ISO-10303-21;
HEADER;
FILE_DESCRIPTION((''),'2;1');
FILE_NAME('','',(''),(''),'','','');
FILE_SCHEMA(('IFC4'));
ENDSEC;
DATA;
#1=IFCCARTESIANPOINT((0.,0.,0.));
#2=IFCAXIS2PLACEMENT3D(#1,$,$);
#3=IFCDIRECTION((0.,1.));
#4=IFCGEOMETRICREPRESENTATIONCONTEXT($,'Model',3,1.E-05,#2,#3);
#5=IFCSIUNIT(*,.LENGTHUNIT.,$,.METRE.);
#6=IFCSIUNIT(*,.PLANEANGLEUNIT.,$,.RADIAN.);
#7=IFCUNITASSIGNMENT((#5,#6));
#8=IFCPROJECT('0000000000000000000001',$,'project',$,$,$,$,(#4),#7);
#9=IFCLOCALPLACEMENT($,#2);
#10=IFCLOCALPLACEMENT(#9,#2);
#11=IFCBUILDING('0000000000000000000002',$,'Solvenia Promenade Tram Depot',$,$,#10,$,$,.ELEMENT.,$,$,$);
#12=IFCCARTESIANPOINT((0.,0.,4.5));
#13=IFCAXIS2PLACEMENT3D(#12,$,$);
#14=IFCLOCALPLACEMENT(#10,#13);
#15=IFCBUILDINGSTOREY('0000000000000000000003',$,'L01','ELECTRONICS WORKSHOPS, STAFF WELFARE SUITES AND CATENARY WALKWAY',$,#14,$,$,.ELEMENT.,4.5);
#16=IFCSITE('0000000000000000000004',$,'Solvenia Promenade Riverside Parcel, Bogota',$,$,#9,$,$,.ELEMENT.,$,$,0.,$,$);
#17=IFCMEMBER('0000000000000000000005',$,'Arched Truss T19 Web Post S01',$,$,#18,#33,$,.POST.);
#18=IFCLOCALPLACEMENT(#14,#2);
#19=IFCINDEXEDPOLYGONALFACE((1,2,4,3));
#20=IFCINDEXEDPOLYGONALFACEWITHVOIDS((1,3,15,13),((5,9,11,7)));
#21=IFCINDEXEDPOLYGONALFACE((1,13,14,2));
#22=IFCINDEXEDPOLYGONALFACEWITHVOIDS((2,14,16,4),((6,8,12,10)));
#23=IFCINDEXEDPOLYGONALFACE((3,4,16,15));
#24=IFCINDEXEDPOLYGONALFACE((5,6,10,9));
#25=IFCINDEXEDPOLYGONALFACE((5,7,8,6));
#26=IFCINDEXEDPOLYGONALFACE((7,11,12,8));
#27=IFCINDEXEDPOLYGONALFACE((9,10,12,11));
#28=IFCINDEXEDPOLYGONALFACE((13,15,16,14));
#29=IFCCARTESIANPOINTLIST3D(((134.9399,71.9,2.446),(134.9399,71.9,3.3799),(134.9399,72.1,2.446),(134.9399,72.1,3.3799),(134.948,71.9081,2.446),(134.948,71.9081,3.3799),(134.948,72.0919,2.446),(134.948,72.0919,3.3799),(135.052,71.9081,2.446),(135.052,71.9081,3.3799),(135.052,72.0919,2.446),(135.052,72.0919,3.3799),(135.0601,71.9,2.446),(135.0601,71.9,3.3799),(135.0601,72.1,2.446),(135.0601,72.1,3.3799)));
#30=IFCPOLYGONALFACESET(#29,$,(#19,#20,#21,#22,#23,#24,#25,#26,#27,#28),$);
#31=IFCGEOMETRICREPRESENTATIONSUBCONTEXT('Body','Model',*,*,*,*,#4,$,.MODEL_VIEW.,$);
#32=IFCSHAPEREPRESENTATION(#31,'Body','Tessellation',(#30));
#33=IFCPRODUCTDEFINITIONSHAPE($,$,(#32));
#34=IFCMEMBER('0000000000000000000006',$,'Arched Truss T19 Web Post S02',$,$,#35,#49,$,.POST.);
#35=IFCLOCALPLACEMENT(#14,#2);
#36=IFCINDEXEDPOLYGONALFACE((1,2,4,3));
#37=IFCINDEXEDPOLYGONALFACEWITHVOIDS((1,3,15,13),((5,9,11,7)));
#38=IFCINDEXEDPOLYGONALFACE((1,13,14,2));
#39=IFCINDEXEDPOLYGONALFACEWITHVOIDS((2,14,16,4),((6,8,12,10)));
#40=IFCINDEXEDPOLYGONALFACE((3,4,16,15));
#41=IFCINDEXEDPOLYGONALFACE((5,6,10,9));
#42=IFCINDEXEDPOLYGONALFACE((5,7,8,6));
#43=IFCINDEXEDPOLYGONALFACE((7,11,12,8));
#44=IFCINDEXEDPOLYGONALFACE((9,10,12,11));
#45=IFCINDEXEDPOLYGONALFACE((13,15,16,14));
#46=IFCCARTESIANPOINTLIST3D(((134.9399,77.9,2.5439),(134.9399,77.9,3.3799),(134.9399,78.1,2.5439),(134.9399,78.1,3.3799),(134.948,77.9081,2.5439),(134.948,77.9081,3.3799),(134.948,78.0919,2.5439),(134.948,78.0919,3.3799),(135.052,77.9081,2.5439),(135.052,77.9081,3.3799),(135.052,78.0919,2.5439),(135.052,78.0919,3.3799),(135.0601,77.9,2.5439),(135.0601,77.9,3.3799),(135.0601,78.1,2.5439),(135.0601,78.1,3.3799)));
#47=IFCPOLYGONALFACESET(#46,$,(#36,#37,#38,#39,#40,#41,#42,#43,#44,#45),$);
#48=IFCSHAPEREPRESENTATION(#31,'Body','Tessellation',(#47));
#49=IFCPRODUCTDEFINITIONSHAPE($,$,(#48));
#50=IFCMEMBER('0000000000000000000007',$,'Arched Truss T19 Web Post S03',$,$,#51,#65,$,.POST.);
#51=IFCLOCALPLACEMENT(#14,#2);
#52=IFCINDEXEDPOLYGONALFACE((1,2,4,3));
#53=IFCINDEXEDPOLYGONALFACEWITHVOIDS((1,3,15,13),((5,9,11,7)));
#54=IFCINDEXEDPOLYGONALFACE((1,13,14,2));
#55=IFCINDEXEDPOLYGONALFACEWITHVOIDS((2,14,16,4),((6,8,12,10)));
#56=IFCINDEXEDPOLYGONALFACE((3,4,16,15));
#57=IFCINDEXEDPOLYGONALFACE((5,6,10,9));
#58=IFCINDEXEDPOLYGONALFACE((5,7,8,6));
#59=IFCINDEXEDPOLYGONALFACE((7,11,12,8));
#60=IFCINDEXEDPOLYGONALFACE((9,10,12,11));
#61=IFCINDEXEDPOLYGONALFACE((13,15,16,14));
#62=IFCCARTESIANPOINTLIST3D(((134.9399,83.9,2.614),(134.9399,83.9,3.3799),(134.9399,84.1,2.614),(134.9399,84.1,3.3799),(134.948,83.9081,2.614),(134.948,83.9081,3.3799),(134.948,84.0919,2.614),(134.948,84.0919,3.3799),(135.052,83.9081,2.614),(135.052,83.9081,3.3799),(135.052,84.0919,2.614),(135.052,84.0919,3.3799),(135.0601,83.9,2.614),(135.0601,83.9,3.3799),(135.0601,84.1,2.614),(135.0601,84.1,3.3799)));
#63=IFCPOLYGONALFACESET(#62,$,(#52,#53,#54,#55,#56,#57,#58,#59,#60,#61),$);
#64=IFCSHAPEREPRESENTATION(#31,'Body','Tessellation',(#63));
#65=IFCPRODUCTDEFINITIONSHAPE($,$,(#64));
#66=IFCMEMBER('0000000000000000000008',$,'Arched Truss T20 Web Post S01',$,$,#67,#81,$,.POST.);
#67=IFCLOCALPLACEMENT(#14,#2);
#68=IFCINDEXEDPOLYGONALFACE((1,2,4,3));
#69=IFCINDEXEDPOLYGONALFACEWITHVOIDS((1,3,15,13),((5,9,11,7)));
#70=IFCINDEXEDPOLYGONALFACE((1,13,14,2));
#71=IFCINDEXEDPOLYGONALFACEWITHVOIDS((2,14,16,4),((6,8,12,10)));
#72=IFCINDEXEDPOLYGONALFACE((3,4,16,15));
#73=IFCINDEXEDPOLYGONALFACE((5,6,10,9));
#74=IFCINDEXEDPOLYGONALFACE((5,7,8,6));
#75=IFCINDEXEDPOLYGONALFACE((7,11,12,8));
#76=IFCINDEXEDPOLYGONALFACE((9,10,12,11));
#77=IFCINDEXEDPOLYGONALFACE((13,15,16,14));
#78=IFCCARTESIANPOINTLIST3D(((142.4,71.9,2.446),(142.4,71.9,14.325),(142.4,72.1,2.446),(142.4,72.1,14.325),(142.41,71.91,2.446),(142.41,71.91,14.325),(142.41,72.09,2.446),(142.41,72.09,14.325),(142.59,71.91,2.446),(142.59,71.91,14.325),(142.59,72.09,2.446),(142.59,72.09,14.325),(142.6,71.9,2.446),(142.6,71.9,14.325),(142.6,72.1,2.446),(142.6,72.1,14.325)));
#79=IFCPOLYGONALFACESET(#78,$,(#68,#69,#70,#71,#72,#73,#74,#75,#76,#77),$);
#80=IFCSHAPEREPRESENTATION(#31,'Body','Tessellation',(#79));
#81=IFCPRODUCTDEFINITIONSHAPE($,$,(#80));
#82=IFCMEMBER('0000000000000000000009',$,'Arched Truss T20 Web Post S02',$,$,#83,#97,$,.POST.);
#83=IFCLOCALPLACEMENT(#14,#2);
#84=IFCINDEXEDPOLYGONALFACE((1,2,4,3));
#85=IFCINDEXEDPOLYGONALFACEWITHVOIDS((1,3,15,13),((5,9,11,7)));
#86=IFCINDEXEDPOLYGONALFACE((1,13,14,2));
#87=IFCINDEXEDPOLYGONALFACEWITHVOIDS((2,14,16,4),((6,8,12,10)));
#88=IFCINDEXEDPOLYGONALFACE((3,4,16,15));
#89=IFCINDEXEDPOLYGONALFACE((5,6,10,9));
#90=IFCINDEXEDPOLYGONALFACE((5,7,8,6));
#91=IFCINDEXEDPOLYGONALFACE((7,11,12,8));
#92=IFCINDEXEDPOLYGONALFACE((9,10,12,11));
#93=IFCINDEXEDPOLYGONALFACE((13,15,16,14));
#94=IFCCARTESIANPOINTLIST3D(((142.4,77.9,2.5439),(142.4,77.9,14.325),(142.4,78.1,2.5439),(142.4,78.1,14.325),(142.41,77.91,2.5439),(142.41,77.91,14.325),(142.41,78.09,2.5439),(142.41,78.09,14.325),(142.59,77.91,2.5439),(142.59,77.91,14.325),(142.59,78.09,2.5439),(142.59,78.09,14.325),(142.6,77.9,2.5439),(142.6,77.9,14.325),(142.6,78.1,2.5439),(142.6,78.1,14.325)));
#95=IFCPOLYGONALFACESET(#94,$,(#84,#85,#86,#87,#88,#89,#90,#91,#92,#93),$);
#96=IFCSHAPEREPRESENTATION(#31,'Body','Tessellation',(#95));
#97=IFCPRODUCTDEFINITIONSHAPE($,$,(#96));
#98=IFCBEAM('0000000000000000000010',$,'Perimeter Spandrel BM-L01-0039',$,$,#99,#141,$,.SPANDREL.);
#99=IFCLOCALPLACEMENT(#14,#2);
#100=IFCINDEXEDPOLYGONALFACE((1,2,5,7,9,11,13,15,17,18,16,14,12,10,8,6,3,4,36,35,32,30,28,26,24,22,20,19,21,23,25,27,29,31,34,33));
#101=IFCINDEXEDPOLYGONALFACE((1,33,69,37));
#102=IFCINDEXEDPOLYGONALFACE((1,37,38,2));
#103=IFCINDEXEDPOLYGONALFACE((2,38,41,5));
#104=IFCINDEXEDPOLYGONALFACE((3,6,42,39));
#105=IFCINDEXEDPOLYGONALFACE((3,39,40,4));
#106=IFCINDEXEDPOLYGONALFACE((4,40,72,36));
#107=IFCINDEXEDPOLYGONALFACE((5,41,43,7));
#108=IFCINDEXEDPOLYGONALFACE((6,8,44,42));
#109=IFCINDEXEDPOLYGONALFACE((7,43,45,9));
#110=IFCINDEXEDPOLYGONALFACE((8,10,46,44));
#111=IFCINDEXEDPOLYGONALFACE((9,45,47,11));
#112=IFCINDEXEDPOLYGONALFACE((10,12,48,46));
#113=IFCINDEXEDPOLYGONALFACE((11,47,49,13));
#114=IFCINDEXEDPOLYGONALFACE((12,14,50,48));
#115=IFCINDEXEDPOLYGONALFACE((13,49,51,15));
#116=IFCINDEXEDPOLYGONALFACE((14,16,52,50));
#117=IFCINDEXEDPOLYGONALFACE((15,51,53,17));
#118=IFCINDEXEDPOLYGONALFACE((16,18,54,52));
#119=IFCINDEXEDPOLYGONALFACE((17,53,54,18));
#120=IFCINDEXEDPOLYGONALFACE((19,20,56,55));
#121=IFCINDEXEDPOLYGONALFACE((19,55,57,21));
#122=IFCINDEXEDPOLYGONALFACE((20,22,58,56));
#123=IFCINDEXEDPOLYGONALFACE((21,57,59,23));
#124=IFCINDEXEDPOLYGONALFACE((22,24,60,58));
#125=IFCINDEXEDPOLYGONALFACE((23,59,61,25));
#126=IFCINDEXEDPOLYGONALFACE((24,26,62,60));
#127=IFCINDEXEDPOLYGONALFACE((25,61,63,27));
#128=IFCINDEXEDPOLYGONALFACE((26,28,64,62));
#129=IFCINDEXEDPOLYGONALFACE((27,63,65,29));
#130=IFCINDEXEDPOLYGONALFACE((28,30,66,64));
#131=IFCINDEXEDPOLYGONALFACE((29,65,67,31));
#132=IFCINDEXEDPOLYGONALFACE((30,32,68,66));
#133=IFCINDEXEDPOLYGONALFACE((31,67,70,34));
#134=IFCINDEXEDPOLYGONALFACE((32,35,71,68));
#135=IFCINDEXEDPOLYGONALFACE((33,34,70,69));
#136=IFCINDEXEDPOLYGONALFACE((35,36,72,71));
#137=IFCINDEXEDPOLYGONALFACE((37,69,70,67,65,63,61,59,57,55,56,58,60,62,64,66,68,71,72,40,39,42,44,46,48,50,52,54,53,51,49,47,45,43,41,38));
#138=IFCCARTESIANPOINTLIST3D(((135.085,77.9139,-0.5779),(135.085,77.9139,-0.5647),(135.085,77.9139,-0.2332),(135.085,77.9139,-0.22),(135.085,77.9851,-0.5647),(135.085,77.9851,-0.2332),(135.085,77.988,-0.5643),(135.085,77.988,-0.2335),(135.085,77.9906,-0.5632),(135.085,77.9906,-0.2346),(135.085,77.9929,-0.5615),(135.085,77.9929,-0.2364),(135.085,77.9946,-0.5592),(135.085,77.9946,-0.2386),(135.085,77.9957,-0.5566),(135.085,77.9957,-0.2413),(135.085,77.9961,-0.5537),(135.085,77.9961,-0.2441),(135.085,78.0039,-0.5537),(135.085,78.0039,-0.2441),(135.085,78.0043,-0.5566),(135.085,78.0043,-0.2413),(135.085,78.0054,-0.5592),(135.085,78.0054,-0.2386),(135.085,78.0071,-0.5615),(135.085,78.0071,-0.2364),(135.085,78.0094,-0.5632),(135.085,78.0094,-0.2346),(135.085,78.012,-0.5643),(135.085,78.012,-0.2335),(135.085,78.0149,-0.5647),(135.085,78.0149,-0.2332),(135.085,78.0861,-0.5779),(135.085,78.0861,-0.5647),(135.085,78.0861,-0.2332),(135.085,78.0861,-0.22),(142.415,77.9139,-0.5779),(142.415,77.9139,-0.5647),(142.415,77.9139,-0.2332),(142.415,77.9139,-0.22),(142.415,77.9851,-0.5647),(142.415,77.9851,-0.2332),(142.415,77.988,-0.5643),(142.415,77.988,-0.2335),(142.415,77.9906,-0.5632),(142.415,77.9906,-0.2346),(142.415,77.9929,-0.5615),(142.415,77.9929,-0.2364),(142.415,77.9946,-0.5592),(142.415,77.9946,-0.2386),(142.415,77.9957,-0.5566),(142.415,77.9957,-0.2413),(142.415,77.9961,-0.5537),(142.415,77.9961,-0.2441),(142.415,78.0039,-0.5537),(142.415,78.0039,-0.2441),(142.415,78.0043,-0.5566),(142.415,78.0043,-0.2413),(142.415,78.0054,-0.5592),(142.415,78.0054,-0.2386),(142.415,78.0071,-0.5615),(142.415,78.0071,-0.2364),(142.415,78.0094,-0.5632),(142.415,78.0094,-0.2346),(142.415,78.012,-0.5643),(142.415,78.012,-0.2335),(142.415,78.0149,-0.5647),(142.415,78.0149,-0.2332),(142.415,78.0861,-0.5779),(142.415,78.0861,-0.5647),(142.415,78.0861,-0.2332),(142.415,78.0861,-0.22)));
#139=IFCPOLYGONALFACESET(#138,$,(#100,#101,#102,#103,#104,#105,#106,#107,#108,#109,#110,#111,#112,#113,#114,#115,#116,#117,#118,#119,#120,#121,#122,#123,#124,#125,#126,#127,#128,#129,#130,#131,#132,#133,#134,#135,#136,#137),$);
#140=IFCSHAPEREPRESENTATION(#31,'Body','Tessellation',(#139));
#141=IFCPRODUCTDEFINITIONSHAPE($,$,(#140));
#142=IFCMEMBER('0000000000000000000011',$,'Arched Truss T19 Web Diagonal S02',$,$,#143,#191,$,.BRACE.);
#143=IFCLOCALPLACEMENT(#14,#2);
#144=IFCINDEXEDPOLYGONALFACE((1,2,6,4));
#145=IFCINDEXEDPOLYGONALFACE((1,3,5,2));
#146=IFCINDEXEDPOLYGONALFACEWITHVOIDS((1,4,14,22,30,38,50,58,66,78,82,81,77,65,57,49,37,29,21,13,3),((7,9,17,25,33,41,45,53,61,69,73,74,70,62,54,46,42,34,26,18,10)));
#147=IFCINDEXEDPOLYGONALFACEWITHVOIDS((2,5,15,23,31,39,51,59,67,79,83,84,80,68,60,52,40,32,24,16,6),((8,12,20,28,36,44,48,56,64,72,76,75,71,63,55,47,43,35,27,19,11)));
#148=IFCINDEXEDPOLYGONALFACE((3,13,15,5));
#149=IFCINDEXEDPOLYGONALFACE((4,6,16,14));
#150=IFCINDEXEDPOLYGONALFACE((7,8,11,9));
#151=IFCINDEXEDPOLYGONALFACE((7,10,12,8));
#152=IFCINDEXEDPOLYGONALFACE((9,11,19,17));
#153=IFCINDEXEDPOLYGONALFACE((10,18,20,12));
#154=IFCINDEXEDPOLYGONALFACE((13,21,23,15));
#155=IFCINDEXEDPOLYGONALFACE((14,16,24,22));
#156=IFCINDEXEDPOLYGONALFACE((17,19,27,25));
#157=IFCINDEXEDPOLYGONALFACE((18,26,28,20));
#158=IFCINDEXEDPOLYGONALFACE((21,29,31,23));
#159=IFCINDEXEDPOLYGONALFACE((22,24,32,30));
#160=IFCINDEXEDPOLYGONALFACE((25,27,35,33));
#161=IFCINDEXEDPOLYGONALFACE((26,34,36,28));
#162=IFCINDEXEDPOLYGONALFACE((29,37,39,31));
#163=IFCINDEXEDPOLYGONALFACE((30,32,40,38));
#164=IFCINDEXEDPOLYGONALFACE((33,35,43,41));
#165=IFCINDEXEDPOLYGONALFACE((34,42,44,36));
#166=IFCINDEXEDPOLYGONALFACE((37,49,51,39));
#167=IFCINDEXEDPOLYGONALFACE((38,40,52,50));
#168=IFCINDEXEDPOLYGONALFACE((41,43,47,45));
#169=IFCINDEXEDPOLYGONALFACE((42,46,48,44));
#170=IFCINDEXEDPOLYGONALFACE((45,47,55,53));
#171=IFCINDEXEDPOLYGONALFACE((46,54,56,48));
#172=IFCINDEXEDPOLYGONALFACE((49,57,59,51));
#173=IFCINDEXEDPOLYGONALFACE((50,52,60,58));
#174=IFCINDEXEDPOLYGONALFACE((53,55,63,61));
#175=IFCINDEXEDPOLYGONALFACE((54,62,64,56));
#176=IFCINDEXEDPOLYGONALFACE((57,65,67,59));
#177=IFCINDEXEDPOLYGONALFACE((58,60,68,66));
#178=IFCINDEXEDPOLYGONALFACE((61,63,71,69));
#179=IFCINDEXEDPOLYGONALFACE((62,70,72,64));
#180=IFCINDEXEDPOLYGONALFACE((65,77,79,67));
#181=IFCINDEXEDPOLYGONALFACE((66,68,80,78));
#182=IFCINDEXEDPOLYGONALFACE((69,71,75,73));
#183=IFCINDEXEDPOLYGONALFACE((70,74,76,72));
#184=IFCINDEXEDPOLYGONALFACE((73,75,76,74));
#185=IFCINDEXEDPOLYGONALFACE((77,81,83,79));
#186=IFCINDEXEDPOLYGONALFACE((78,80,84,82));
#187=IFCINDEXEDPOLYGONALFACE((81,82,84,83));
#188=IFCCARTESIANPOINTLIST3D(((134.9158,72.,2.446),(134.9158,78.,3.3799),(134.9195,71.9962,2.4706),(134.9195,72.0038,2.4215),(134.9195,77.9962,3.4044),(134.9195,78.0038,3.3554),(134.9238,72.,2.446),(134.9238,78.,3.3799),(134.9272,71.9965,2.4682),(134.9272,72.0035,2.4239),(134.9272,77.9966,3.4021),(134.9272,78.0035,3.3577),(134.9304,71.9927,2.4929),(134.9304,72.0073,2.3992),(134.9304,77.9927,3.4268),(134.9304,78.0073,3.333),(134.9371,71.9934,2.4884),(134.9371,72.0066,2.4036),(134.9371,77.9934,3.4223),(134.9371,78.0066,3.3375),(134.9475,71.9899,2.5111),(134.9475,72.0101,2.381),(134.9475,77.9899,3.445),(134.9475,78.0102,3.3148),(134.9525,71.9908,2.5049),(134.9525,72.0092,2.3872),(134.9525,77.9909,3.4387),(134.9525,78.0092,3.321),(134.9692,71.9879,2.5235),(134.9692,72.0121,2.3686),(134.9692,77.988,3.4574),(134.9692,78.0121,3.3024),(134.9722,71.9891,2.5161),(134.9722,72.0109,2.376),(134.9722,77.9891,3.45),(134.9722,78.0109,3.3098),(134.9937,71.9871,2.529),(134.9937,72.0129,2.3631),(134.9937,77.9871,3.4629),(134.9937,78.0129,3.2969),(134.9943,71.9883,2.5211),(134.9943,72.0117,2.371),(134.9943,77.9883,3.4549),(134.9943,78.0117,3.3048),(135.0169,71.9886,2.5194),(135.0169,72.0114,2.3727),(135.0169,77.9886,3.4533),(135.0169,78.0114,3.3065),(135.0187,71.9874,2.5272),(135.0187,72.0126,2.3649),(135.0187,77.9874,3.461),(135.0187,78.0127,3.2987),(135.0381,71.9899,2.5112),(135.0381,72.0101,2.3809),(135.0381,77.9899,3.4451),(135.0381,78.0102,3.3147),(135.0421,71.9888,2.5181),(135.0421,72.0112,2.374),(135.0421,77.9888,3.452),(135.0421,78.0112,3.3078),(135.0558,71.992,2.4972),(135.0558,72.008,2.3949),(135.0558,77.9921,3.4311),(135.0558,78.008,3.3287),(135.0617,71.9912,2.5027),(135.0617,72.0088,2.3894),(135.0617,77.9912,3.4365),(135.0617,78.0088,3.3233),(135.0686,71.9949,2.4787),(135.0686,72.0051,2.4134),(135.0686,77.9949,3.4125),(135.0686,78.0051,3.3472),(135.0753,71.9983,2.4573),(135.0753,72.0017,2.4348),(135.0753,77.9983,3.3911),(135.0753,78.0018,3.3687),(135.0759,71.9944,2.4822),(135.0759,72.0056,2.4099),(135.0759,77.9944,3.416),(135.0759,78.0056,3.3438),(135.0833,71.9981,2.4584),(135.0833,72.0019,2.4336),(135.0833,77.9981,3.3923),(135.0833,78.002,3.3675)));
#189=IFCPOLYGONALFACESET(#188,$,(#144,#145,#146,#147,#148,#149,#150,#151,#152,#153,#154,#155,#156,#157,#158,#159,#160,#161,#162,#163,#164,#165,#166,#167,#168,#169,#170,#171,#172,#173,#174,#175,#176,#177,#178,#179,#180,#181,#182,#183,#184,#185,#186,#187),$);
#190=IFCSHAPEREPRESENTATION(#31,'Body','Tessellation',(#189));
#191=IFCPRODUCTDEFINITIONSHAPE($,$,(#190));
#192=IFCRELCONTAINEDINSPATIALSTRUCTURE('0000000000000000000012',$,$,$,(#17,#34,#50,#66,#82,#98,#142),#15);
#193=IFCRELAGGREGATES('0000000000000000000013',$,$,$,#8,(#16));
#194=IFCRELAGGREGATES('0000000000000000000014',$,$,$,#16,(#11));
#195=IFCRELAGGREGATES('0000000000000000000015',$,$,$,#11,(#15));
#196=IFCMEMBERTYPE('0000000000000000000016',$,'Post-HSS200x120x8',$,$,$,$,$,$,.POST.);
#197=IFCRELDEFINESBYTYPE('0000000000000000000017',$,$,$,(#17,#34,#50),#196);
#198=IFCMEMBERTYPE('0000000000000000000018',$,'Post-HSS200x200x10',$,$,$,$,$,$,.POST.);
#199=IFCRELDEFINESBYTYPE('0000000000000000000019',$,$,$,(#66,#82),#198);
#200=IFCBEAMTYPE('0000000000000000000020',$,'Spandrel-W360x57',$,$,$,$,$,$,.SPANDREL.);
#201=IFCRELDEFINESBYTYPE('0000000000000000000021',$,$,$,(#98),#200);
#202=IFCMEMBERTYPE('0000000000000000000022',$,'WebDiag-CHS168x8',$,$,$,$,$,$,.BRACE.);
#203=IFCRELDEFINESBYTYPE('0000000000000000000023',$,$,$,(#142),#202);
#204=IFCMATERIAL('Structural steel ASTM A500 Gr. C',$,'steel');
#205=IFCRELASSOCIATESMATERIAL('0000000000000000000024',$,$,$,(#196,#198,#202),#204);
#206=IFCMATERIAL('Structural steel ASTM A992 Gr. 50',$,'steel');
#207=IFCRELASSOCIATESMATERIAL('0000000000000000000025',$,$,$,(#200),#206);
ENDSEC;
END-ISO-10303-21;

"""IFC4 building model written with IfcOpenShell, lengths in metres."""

from ifc_helpers import new_model, si_unit, direction, frame, origin, origin_2d, place, context, subcontext, project, spatial, hollow_rectangle, hollow_circle, i_section, extrude, material, material_profile, profile_set, type_object, element, save


model = new_model("IFC4")

# Units and contexts
model_context = context("Model", 3, precision=1e-05, world=origin(), true_north=direction((0.0, 1.0)))
body_context = subcontext(model_context, "Body", "Model", "MODEL_VIEW")
ifc_project = project(units=[si_unit("LENGTHUNIT", "METRE"), si_unit("PLANEANGLEUNIT", "RADIAN")], contexts=[model_context])

# Site, building, storey
site_placement = place(None, origin())
site = spatial("IfcSite", under=ifc_project, at=site_placement, Name="Solvenia Promenade Riverside Parcel, Bogota", CompositionType="ELEMENT", RefElevation=0.0)
building_placement = place(site_placement, origin())
building = spatial("IfcBuilding", under=site, at=building_placement, Name="Solvenia Promenade Tram Depot", CompositionType="ELEMENT")
storey_placement = place(building_placement, frame((0.0, 0.0, 4.5)))
storey = spatial("IfcBuildingStorey", under=building, at=storey_placement, Name="L01", Description="ELECTRONICS WORKSHOPS, STAFF WELFARE SUITES AND CATENARY WALKWAY", CompositionType="ELEMENT", Elevation=4.5)

# Shared definitions
ifc_material_1 = material(Name="Structural steel ASTM A500 Gr. C", Category="steel")

# Shared definitions
ifc_material_2 = material(Name="Structural steel ASTM A992 Gr. 50", Category="steel")

# Members
ifc_material_profile_1 = material_profile(ifc_material_1, hollow_rectangle(XDim=0.1201, YDim=0.2, WallThickness=0.0081, at=origin_2d()), Name="HSS200x120x8", Category="steel")
ifc_profile_set_1 = profile_set([ifc_material_profile_1], Name="Structural steel ASTM A500 Gr. C")
member_type_1 = type_object("IfcMemberType", Name="Post-HSS200x120x8", PredefinedType="POST", material=ifc_profile_set_1)
member_1_placement = place(storey_placement, frame((135.0, 72.0, 2.446), z_axis=(0.0, 0.0, 1.0), x_axis=(1.0, 0.0, 0.0)))
element("IfcMember", 1, at=member_1_placement, inside=storey, type_object=member_type_1, Name="Arched Truss T19 Web Post S01", PredefinedType="POST", context=body_context, shape_type="SweptSolid", body=[
    extrude(hollow_rectangle(XDim=0.1201, YDim=0.2, WallThickness=0.0081, at=origin_2d()), origin(), (0.0, 0.0, 1.0), 0.9338),
])
member_2_placement = place(storey_placement, frame((135.0, 78.0, 2.5439), z_axis=(0.0, 0.0, 1.0), x_axis=(1.0, 0.0, 0.0)))
element("IfcMember", 2, at=member_2_placement, inside=storey, type_object=member_type_1, Name="Arched Truss T19 Web Post S02", PredefinedType="POST", context=body_context, shape_type="SweptSolid", body=[
    extrude(hollow_rectangle(XDim=0.1201, YDim=0.2, WallThickness=0.0081, at=origin_2d()), origin(), (0.0, 0.0, 1.0), 0.8359),
])
member_3_placement = place(storey_placement, frame((135.0, 84.0, 2.614), z_axis=(0.0, 0.0, 1.0), x_axis=(1.0, 0.0, 0.0)))
element("IfcMember", 3, at=member_3_placement, inside=storey, type_object=member_type_1, Name="Arched Truss T19 Web Post S03", PredefinedType="POST", context=body_context, shape_type="SweptSolid", body=[
    extrude(hollow_rectangle(XDim=0.1201, YDim=0.2, WallThickness=0.0081, at=origin_2d()), origin(), (0.0, 0.0, 1.0), 0.7659),
])
ifc_material_profile_2 = material_profile(ifc_material_1, hollow_rectangle(XDim=0.2, YDim=0.2, WallThickness=0.01, at=origin_2d()), Name="HSS200x200x10", Category="steel")
ifc_profile_set_2 = profile_set([ifc_material_profile_2], Name="Structural steel ASTM A500 Gr. C")
member_type_2 = type_object("IfcMemberType", Name="Post-HSS200x200x10", PredefinedType="POST", material=ifc_profile_set_2)
member_4_placement = place(storey_placement, frame((142.5, 72.0, 2.446), z_axis=(0.0, 0.0, 1.0), x_axis=(1.0, 0.0, 0.0)))
element("IfcMember", 4, at=member_4_placement, inside=storey, type_object=member_type_2, Name="Arched Truss T20 Web Post S01", PredefinedType="POST", context=body_context, shape_type="SweptSolid", body=[
    extrude(hollow_rectangle(XDim=0.2, YDim=0.2, WallThickness=0.01, at=origin_2d()), origin(), (0.0, 0.0, 1.0), 11.8789),
])
member_5_placement = place(storey_placement, frame((142.5, 78.0, 2.5439), z_axis=(0.0, 0.0, 1.0), x_axis=(1.0, 0.0, 0.0)))
element("IfcMember", 5, at=member_5_placement, inside=storey, type_object=member_type_2, Name="Arched Truss T20 Web Post S02", PredefinedType="POST", context=body_context, shape_type="SweptSolid", body=[
    extrude(hollow_rectangle(XDim=0.2, YDim=0.2, WallThickness=0.01, at=origin_2d()), origin(), (0.0, 0.0, 1.0), 11.781),
])

# Beam
ifc_material_profile_3 = material_profile(ifc_material_2, i_section(OverallWidth=0.1721, OverallDepth=0.3579, WebThickness=0.0078, FlangeThickness=0.0132, FilletRadius=0.011, at=origin_2d()), Name="W360x57", Category="steel")
ifc_profile_set_3 = profile_set([ifc_material_profile_3], Name="Structural steel ASTM A992 Gr. 50")
beam_type_1 = type_object("IfcBeamType", Name="Spandrel-W360x57", PredefinedType="SPANDREL", material=ifc_profile_set_3)
beam_1_placement = place(storey_placement, frame((135.085, 78.0, -0.3989), z_axis=(1.0, 0.0, 0.0), x_axis=(0.0, 1.0, 0.0)))
element("IfcBeam", 6, at=beam_1_placement, inside=storey, type_object=beam_type_1, Name="Perimeter Spandrel BM-L01-0039", PredefinedType="SPANDREL", context=body_context, shape_type="SweptSolid", body=[
    extrude(i_section(OverallWidth=0.1721, OverallDepth=0.3579, WebThickness=0.0078, FlangeThickness=0.0132, FilletRadius=0.011, at=origin_2d()), origin(), (0.0, 0.0, 1.0), 7.3301),
])

# Member
ifc_material_profile_4 = material_profile(ifc_material_1, hollow_circle(Radius=0.0842, WallThickness=0.0081, at=origin_2d()), Name="CHS168.3x8", Category="steel")
ifc_profile_set_4 = profile_set([ifc_material_profile_4], Name="Structural steel ASTM A500 Gr. C")
member_type_3 = type_object("IfcMemberType", Name="WebDiag-CHS168x8", PredefinedType="BRACE", material=ifc_profile_set_4)
member_6_placement = place(storey_placement, frame((135.0, 72.0, 2.446), z_axis=(0.0, 0.988104, 0.153788), x_axis=(-1.0, 0.0, 0.0)))
element("IfcMember", 7, at=member_6_placement, inside=storey, type_object=member_type_3, Name="Arched Truss T19 Web Diagonal S02", PredefinedType="BRACE", context=body_context, shape_type="SweptSolid", body=[
    extrude(hollow_circle(Radius=0.0842, WallThickness=0.0081, at=origin_2d()), origin(), (0.0, 0.0, 1.0), 6.0723),
])

save(model, "model.ifc")
